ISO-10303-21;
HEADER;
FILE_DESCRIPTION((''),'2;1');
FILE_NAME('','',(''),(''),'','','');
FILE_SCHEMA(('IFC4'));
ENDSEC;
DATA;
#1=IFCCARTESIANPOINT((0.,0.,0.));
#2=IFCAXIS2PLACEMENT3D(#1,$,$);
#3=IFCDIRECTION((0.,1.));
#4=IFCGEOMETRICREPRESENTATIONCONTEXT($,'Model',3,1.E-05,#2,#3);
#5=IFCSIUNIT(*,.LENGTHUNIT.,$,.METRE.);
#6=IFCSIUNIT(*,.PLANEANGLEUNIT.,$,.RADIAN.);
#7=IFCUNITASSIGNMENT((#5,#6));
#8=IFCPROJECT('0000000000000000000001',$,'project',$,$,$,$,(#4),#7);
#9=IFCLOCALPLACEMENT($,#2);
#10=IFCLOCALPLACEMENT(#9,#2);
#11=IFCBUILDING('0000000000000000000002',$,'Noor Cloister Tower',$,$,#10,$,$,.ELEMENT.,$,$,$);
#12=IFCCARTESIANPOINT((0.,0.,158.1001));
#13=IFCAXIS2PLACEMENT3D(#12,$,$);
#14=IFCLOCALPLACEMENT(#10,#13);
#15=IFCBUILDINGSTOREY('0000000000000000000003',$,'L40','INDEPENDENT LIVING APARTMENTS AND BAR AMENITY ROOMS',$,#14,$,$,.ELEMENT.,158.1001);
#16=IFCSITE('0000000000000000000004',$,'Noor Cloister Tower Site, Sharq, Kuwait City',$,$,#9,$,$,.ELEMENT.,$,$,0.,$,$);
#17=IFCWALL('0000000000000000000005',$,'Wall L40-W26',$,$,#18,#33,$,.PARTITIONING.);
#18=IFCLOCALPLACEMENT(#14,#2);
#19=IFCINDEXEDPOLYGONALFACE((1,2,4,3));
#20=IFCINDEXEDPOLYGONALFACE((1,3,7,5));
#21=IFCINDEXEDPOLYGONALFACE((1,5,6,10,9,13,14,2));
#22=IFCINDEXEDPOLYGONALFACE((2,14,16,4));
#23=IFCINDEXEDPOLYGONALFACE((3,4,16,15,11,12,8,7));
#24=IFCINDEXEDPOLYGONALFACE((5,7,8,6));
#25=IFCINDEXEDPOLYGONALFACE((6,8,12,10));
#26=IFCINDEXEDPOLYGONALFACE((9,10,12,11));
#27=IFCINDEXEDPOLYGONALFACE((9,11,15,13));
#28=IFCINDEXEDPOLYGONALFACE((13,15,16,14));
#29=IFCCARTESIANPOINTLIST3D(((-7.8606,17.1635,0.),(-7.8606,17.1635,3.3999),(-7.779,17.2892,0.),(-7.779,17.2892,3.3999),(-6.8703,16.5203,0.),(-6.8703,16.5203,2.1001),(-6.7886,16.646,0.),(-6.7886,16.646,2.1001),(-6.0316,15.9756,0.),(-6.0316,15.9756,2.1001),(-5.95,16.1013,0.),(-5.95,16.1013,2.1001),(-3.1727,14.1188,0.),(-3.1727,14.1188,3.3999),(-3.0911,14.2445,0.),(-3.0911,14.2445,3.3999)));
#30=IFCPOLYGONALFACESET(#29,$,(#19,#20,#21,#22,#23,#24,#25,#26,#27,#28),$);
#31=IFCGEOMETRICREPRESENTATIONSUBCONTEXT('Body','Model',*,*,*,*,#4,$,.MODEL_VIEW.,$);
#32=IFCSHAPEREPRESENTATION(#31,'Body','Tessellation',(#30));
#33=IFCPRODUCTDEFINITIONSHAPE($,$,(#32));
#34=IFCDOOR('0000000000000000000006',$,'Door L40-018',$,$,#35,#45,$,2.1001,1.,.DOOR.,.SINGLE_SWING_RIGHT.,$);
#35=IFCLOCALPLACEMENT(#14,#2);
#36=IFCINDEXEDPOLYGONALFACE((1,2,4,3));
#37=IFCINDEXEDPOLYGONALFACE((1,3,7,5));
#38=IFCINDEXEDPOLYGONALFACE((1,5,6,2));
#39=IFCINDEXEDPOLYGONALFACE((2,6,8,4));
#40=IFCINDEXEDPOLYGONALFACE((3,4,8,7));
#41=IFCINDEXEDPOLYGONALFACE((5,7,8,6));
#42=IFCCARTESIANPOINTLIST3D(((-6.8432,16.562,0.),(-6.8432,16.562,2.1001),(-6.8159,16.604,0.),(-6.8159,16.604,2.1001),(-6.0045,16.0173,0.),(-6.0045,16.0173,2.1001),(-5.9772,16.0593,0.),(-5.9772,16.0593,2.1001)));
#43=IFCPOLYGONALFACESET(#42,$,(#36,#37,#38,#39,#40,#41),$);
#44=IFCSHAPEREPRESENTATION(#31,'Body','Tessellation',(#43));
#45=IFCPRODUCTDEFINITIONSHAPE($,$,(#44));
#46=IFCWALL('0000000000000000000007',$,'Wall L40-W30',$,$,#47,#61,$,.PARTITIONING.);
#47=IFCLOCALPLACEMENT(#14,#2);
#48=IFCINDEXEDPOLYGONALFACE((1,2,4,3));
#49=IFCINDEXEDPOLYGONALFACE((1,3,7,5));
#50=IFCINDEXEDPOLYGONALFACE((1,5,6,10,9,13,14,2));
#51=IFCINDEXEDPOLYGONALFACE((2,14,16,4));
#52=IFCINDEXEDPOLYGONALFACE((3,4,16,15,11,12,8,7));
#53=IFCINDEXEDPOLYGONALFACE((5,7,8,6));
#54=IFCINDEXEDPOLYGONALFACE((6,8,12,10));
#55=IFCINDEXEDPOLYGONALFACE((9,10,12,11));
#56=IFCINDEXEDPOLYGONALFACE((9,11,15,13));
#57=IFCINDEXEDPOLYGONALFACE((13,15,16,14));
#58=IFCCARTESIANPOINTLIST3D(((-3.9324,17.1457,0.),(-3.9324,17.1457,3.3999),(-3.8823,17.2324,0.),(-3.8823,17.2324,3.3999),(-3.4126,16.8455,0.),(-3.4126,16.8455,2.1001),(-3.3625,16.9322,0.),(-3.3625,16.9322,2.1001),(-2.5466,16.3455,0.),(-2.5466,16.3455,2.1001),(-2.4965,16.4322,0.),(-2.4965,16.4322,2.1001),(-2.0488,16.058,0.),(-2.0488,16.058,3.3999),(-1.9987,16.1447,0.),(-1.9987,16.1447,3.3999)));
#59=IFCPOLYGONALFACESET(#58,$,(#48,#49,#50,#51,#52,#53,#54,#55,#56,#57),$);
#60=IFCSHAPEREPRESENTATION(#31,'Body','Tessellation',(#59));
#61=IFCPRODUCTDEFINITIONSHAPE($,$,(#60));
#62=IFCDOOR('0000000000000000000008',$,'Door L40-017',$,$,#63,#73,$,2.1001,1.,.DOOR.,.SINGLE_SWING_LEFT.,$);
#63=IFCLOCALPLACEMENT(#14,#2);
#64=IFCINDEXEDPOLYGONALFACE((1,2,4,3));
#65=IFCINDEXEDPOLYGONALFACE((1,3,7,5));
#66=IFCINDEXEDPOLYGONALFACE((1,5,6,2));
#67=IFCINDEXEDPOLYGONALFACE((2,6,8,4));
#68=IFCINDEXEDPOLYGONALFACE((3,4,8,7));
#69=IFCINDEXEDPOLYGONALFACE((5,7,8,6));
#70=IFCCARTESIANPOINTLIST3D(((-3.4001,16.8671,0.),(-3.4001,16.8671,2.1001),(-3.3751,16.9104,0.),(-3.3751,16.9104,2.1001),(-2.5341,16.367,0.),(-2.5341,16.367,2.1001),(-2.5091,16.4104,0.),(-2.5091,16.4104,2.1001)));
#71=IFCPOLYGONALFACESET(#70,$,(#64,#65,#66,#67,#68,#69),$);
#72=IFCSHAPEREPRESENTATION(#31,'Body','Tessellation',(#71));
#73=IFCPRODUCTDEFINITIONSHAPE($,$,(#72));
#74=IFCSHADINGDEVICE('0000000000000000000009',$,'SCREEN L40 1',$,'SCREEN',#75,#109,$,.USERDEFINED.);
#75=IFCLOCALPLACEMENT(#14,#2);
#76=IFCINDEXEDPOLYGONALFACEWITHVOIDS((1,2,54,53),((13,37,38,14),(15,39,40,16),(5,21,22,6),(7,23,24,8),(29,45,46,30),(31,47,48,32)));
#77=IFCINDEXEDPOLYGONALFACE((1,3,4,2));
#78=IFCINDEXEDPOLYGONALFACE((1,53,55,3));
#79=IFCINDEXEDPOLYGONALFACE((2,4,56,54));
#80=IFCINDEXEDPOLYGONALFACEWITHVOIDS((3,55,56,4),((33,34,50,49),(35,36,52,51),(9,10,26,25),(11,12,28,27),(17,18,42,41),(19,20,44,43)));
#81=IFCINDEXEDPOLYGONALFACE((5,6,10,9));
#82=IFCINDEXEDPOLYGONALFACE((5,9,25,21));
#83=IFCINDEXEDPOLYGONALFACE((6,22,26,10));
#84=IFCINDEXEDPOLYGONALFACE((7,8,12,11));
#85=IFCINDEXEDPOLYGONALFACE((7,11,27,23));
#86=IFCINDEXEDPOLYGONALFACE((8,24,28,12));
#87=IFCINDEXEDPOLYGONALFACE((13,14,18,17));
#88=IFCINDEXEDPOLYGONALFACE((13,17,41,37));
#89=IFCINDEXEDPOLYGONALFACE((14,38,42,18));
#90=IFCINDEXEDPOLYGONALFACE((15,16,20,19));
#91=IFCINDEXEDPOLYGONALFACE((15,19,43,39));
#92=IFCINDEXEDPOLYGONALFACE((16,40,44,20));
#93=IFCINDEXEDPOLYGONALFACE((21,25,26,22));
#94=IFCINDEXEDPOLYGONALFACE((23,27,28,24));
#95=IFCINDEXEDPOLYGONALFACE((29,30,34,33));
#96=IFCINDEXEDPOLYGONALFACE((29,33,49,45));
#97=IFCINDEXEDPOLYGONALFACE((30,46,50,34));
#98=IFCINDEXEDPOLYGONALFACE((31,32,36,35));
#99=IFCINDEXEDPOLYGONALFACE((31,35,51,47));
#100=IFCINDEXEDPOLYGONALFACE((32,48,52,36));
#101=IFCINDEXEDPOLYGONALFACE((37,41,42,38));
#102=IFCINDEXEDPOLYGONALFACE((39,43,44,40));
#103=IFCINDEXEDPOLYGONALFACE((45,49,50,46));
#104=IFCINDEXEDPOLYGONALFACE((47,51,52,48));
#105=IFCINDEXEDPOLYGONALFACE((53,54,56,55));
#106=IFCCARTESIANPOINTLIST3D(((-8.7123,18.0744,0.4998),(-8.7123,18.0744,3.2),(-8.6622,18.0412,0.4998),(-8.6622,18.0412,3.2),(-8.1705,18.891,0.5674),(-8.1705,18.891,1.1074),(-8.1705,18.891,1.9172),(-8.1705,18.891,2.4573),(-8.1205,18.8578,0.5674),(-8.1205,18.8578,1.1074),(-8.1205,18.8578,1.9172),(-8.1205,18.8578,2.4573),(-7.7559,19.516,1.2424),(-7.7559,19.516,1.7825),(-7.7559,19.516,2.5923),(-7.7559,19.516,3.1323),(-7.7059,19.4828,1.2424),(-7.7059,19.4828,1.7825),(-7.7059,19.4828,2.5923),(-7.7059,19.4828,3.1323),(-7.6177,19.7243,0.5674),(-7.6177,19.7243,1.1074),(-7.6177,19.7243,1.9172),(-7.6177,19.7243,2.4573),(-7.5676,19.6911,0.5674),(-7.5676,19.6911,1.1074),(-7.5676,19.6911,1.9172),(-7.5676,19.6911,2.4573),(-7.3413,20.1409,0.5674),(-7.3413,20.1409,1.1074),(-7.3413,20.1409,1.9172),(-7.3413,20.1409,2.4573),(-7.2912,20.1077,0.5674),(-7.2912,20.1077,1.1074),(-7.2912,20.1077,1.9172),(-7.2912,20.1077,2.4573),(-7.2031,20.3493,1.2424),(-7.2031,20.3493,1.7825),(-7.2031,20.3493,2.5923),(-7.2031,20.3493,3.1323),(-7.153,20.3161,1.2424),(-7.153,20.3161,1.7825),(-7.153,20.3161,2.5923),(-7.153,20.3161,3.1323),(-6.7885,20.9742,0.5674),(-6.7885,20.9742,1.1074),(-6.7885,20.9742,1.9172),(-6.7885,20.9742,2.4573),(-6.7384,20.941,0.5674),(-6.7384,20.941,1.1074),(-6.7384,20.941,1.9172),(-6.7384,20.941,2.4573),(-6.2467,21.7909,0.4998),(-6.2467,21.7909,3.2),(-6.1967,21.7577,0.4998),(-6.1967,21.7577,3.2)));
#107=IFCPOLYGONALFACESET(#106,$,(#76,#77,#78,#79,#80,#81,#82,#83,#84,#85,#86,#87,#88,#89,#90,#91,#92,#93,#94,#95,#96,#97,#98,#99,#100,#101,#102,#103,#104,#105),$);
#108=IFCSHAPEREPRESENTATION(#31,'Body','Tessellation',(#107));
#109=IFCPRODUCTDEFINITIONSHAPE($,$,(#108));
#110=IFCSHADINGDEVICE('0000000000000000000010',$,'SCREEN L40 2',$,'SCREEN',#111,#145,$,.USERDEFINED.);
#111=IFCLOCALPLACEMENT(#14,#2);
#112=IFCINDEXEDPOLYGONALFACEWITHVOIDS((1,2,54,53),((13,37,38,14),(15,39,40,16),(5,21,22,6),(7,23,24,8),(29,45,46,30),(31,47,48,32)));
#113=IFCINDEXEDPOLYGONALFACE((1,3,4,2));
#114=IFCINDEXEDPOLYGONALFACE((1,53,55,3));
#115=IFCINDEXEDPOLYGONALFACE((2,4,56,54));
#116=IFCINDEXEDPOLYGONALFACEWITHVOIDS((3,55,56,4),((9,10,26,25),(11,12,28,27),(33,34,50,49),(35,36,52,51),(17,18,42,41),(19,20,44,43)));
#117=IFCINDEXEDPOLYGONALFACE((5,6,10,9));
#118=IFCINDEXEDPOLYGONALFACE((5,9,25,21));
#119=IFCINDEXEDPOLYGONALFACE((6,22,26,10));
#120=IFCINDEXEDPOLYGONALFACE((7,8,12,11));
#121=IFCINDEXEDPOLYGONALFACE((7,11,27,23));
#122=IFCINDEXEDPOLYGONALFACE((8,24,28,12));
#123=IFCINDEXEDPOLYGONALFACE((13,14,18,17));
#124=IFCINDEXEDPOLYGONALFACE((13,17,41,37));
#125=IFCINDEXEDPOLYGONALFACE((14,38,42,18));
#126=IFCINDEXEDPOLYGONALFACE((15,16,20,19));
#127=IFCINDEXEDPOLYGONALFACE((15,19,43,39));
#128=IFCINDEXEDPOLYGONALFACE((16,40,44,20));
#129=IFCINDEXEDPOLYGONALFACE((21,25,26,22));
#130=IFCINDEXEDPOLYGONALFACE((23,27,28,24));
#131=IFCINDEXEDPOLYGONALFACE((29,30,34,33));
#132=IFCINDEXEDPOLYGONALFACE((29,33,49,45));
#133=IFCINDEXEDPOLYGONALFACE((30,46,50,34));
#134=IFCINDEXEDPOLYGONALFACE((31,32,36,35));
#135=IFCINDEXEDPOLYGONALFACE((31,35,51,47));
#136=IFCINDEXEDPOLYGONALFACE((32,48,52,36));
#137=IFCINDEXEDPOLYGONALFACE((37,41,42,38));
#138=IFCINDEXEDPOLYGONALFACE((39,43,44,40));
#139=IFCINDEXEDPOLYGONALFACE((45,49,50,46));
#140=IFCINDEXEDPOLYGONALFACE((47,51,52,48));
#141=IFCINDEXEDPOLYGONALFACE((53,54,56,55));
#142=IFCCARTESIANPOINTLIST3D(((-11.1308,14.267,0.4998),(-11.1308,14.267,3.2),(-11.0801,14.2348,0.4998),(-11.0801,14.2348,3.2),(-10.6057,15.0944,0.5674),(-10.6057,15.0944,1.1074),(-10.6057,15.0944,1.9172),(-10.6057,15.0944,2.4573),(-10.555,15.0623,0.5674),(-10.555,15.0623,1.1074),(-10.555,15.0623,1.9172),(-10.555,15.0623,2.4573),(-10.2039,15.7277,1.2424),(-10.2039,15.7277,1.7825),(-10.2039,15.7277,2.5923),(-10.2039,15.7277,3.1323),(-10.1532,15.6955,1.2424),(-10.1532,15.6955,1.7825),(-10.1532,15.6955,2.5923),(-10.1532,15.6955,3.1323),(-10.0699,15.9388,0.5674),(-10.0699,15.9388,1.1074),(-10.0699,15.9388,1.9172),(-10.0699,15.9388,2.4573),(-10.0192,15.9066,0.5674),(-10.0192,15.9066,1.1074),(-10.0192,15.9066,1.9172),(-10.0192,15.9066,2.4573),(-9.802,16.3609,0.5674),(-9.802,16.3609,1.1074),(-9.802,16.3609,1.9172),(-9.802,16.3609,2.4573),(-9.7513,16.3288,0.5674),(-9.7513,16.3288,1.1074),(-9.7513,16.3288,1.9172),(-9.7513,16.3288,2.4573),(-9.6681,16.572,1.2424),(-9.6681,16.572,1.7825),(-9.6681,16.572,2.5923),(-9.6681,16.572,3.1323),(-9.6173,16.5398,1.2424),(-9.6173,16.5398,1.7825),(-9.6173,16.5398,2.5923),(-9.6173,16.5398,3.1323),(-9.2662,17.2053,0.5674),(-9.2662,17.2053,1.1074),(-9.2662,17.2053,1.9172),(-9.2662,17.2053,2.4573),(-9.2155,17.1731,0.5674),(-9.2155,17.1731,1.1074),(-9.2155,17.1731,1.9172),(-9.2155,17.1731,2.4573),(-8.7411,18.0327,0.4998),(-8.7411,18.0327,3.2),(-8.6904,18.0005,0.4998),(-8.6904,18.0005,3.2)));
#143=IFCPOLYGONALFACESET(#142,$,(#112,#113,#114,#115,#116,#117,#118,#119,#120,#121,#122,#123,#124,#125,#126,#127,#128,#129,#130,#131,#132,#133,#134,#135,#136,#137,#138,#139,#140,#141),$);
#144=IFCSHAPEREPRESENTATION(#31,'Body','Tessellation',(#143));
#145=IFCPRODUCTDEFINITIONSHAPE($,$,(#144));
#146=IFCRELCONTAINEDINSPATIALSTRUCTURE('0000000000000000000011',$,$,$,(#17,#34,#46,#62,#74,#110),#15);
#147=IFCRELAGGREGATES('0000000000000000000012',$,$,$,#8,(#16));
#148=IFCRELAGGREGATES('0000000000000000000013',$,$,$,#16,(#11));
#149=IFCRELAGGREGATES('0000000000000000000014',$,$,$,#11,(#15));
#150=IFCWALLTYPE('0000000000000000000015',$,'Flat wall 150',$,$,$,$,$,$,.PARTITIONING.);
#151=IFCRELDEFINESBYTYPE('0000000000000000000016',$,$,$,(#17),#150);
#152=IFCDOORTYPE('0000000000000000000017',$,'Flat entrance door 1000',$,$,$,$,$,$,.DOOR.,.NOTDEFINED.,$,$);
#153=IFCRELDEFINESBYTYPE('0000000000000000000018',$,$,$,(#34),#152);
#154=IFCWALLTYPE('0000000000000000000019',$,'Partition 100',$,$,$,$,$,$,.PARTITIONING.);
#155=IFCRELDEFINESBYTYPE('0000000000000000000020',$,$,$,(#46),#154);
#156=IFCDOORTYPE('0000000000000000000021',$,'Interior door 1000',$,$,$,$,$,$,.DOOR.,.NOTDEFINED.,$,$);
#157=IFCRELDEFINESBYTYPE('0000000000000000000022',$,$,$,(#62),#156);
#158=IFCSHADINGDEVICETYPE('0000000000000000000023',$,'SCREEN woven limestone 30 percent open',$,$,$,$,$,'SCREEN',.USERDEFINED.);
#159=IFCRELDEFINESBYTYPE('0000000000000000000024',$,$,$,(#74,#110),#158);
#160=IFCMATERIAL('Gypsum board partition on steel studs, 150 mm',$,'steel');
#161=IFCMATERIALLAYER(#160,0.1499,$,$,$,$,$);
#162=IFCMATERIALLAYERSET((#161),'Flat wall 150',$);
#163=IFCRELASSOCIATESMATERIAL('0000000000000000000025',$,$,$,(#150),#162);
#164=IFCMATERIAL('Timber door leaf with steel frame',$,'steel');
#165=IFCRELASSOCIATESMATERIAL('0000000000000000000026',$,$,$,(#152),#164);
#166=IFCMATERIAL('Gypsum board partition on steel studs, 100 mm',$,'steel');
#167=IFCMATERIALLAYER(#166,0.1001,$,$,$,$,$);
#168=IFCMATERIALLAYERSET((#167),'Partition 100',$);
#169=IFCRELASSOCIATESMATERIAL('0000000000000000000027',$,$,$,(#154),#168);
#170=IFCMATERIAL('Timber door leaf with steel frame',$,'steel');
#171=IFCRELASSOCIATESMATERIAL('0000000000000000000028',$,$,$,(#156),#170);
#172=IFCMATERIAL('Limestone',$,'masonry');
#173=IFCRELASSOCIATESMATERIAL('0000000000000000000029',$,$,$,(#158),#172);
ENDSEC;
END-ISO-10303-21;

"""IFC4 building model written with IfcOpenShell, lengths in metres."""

from ifc_helpers import new_model, si_unit, direction, frame, frame_2d, origin, place, context, subcontext, project, spatial, polyline, rectangle, outline, extrude, material, layer, layer_set, material_profile, profile_set, type_object, element, fill, save


model = new_model("IFC4")

# Units and contexts
model_context = context("Model", 3, precision=1e-05, world=origin(), true_north=direction((0.0, 1.0)))
body_context = subcontext(model_context, "Body", "Model", "MODEL_VIEW")
ifc_project = project(units=[si_unit("LENGTHUNIT", "METRE"), si_unit("PLANEANGLEUNIT", "RADIAN")], contexts=[model_context])

# Site, building, storey
site_placement = place(None, origin())
site = spatial("IfcSite", under=ifc_project, at=site_placement, Name="Noor Cloister Tower Site, Sharq, Kuwait City", CompositionType="ELEMENT", RefElevation=0.0)
building_placement = place(site_placement, origin())
building = spatial("IfcBuilding", under=site, at=building_placement, Name="Noor Cloister Tower", CompositionType="ELEMENT")
storey_placement = place(building_placement, frame((0.0, 0.0, 158.1001)))
storey = spatial("IfcBuildingStorey", under=building, at=storey_placement, Name="L40", Description="INDEPENDENT LIVING APARTMENTS AND BAR AMENITY ROOMS", CompositionType="ELEMENT", Elevation=158.1001)

# Walls, openings, doors
ifc_material_1 = material(Name="Gypsum board partition on steel studs, 150 mm", Category="steel")
ifc_layer_1 = layer(ifc_material_1, 0.1499)
ifc_layer_set_1 = layer_set([ifc_layer_1], Name="Flat wall 150")
wall_type_1 = type_object("IfcWallType", Name="Flat wall 150", PredefinedType="PARTITIONING", material=ifc_layer_set_1)
wall_1_placement = place(storey_placement, frame((-7.8198, 17.2263, 0.0), z_axis=(0.0, 0.0, 1.0), x_axis=(0.838649, -0.544672, 0.0)))
wall_1 = element("IfcWall", 1, at=wall_1_placement, inside=storey, type_object=wall_type_1, Name="Wall L40-W26", PredefinedType="PARTITIONING", context=body_context, shape_type="SweptSolid", body=[
    extrude(rectangle(XDim=5.5898, YDim=0.1499, at=frame_2d((2.7949, 0.0))), origin(), (0.0, 0.0, 1.0), 3.3999),
])
opening_1_placement = place(wall_1_placement, frame((1.1809, 0.0, 0.0)))
opening_1 = element("IfcOpeningElement", 2, at=opening_1_placement, cuts=wall_1, PredefinedType="OPENING", context=body_context, shape_type="SweptSolid", body=[
    extrude(rectangle(XDim=1.0, YDim=2.1001, at=frame_2d((0.5, 1.05))), frame((0.0, 0.085, 0.0), z_axis=(0.0, -1.0, 0.0), x_axis=(1.0, 0.0, 0.0)), (0.0, 0.0, 1.0), 0.1699),
])
ifc_material_2 = material(Name="Timber door leaf with steel frame", Category="steel")
door_type_1 = type_object("IfcDoorType", Name="Flat entrance door 1000", OperationType="NOTDEFINED", PredefinedType="DOOR", material=ifc_material_2)
door_1_placement = place(opening_1_placement, origin())
door_1 = element("IfcDoor", 3, at=door_1_placement, inside=storey, type_object=door_type_1, Name="Door L40-018", OperationType="SINGLE_SWING_RIGHT", OverallHeight=2.1001, OverallWidth=1.0, PredefinedType="DOOR", context=body_context, shape_type="SweptSolid", body=[
    extrude(rectangle(XDim=1.0, YDim=2.1001, at=frame_2d((0.5, 1.05))), frame((0.0, 0.0249, 0.0), z_axis=(0.0, -1.0, 0.0), x_axis=(1.0, 0.0, 0.0)), (0.0, 0.0, 1.0), 0.05),
])
fill(opening_1, door_1)
ifc_material_3 = material(Name="Gypsum board partition on steel studs, 100 mm", Category="steel")
ifc_layer_2 = layer(ifc_material_3, 0.1001)
ifc_layer_set_2 = layer_set([ifc_layer_2], Name="Partition 100")
wall_type_2 = type_object("IfcWallType", Name="Partition 100", PredefinedType="PARTITIONING", material=ifc_layer_set_2)
wall_2_placement = place(storey_placement, frame((-3.9072, 17.189, 0.0), z_axis=(0.0, 0.0, 1.0), x_axis=(0.865989, -0.500063, 0.0)))
wall_2 = element("IfcWall", 4, at=wall_2_placement, inside=storey, type_object=wall_type_2, Name="Wall L40-W30", PredefinedType="PARTITIONING", context=body_context, shape_type="SweptSolid", body=[
    extrude(rectangle(XDim=2.175, YDim=0.1001, at=frame_2d((1.0874, 0.0))), origin(), (0.0, 0.0, 1.0), 3.3999),
])
opening_2_placement = place(wall_2_placement, frame((0.6001, 0.0, 0.0)))
opening_2 = element("IfcOpeningElement", 5, at=opening_2_placement, cuts=wall_2, PredefinedType="OPENING", context=body_context, shape_type="SweptSolid", body=[
    extrude(rectangle(XDim=1.0, YDim=2.1001, at=frame_2d((0.5, 1.05))), frame((0.0, 0.0601, 0.0), z_axis=(0.0, -1.0, 0.0), x_axis=(1.0, 0.0, 0.0)), (0.0, 0.0, 1.0), 0.1201),
])
ifc_material_4 = material(Name="Timber door leaf with steel frame", Category="steel")
door_type_2 = type_object("IfcDoorType", Name="Interior door 1000", OperationType="NOTDEFINED", PredefinedType="DOOR", material=ifc_material_4)
door_2_placement = place(opening_2_placement, origin())
door_2 = element("IfcDoor", 6, at=door_2_placement, inside=storey, type_object=door_type_2, Name="Door L40-017", OperationType="SINGLE_SWING_LEFT", OverallHeight=2.1001, OverallWidth=1.0, PredefinedType="DOOR", context=body_context, shape_type="SweptSolid", body=[
    extrude(rectangle(XDim=1.0, YDim=2.1001, at=frame_2d((0.5, 1.05))), frame((0.0, 0.0249, 0.0), z_axis=(0.0, -1.0, 0.0), x_axis=(1.0, 0.0, 0.0)), (0.0, 0.0, 1.0), 0.05),
])
fill(opening_2, door_2)

# Shading devices
ifc_material_5 = material(Name="Limestone", Category="masonry")
ifc_material_profile_1 = material_profile(ifc_material_5, outline(polyline([(-2.23, -1.3501), (2.23, -1.3501), (2.23, 1.3501), (-2.23, 1.3501), (-2.23, -1.3501)]), holes=[polyline([(-1.25, -1.2825), (-0.25, -1.2825), (-0.25, -0.7424), (-1.25, -0.7424), (-1.25, -1.2825)]), polyline([(0.25, -1.2825), (1.25, -1.2825), (1.25, -0.7424), (0.25, -0.7424), (0.25, -1.2825)]), polyline([(-0.5, -0.6074), (0.5, -0.6074), (0.5, -0.0674), (-0.5, -0.0674), (-0.5, -0.6074)]), polyline([(-1.25, 0.0674), (-0.25, 0.0674), (-0.25, 0.6074), (-1.25, 0.6074), (-1.25, 0.0674)]), polyline([(0.25, 0.0674), (1.25, 0.0674), (1.25, 0.6074), (0.25, 0.6074), (0.25, 0.0674)]), polyline([(-0.5, 0.7424), (0.5, 0.7424), (0.5, 1.2825), (-0.5, 1.2825), (-0.5, 0.7424)])]), Name="Woven screen 30 percent open")
ifc_profile_set_1 = profile_set([ifc_material_profile_1], Name="Limestone")
shading_device_type = type_object("IfcShadingDeviceType", Name="SCREEN woven limestone 30 percent open", ElementType="SCREEN", PredefinedType="USERDEFINED", material=ifc_profile_set_1)
for number, where, z_axis, x_axis, name in (
    (7, (-7.4294, 19.8994, 1.8499), (-0.833299, 0.552823, 0.0), (-0.552823, -0.833299, 0.0), "SCREEN L40 1"),
    (8, (-9.8853, 16.1177, 1.8499), (-0.844329, 0.535824, 0.0), (-0.535824, -0.844329, 0.0), "SCREEN L40 2"),
):
    element("IfcShadingDevice", number, at=place(storey_placement, frame(where, z_axis=z_axis, x_axis=x_axis)), inside=storey, type_object=shading_device_type, Name=name, ObjectType="SCREEN", PredefinedType="USERDEFINED", context=body_context, shape_type="SweptSolid", body=[
        extrude(outline(polyline([(-2.23, -1.3501), (2.23, -1.3501), (2.23, 1.3501), (-2.23, 1.3501), (-2.23, -1.3501)]), holes=[polyline([(-1.25, -1.2825), (-0.25, -1.2825), (-0.25, -0.7424), (-1.25, -0.7424), (-1.25, -1.2825)]), polyline([(0.25, -1.2825), (1.25, -1.2825), (1.25, -0.7424), (0.25, -0.7424), (0.25, -1.2825)]), polyline([(-0.5, -0.6074), (0.5, -0.6074), (0.5, -0.0674), (-0.5, -0.0674), (-0.5, -0.6074)]), polyline([(-1.25, 0.0674), (-0.25, 0.0674), (-0.25, 0.6074), (-1.25, 0.6074), (-1.25, 0.0674)]), polyline([(0.25, 0.0674), (1.25, 0.0674), (1.25, 0.6074), (0.25, 0.6074), (0.25, 0.0674)]), polyline([(-0.5, 0.7424), (0.5, 0.7424), (0.5, 1.2825), (-0.5, 1.2825), (-0.5, 0.7424)])]), origin(), (0.0, 0.0, 1.0), 0.0601),
    ])

save(model, "model.ifc")
